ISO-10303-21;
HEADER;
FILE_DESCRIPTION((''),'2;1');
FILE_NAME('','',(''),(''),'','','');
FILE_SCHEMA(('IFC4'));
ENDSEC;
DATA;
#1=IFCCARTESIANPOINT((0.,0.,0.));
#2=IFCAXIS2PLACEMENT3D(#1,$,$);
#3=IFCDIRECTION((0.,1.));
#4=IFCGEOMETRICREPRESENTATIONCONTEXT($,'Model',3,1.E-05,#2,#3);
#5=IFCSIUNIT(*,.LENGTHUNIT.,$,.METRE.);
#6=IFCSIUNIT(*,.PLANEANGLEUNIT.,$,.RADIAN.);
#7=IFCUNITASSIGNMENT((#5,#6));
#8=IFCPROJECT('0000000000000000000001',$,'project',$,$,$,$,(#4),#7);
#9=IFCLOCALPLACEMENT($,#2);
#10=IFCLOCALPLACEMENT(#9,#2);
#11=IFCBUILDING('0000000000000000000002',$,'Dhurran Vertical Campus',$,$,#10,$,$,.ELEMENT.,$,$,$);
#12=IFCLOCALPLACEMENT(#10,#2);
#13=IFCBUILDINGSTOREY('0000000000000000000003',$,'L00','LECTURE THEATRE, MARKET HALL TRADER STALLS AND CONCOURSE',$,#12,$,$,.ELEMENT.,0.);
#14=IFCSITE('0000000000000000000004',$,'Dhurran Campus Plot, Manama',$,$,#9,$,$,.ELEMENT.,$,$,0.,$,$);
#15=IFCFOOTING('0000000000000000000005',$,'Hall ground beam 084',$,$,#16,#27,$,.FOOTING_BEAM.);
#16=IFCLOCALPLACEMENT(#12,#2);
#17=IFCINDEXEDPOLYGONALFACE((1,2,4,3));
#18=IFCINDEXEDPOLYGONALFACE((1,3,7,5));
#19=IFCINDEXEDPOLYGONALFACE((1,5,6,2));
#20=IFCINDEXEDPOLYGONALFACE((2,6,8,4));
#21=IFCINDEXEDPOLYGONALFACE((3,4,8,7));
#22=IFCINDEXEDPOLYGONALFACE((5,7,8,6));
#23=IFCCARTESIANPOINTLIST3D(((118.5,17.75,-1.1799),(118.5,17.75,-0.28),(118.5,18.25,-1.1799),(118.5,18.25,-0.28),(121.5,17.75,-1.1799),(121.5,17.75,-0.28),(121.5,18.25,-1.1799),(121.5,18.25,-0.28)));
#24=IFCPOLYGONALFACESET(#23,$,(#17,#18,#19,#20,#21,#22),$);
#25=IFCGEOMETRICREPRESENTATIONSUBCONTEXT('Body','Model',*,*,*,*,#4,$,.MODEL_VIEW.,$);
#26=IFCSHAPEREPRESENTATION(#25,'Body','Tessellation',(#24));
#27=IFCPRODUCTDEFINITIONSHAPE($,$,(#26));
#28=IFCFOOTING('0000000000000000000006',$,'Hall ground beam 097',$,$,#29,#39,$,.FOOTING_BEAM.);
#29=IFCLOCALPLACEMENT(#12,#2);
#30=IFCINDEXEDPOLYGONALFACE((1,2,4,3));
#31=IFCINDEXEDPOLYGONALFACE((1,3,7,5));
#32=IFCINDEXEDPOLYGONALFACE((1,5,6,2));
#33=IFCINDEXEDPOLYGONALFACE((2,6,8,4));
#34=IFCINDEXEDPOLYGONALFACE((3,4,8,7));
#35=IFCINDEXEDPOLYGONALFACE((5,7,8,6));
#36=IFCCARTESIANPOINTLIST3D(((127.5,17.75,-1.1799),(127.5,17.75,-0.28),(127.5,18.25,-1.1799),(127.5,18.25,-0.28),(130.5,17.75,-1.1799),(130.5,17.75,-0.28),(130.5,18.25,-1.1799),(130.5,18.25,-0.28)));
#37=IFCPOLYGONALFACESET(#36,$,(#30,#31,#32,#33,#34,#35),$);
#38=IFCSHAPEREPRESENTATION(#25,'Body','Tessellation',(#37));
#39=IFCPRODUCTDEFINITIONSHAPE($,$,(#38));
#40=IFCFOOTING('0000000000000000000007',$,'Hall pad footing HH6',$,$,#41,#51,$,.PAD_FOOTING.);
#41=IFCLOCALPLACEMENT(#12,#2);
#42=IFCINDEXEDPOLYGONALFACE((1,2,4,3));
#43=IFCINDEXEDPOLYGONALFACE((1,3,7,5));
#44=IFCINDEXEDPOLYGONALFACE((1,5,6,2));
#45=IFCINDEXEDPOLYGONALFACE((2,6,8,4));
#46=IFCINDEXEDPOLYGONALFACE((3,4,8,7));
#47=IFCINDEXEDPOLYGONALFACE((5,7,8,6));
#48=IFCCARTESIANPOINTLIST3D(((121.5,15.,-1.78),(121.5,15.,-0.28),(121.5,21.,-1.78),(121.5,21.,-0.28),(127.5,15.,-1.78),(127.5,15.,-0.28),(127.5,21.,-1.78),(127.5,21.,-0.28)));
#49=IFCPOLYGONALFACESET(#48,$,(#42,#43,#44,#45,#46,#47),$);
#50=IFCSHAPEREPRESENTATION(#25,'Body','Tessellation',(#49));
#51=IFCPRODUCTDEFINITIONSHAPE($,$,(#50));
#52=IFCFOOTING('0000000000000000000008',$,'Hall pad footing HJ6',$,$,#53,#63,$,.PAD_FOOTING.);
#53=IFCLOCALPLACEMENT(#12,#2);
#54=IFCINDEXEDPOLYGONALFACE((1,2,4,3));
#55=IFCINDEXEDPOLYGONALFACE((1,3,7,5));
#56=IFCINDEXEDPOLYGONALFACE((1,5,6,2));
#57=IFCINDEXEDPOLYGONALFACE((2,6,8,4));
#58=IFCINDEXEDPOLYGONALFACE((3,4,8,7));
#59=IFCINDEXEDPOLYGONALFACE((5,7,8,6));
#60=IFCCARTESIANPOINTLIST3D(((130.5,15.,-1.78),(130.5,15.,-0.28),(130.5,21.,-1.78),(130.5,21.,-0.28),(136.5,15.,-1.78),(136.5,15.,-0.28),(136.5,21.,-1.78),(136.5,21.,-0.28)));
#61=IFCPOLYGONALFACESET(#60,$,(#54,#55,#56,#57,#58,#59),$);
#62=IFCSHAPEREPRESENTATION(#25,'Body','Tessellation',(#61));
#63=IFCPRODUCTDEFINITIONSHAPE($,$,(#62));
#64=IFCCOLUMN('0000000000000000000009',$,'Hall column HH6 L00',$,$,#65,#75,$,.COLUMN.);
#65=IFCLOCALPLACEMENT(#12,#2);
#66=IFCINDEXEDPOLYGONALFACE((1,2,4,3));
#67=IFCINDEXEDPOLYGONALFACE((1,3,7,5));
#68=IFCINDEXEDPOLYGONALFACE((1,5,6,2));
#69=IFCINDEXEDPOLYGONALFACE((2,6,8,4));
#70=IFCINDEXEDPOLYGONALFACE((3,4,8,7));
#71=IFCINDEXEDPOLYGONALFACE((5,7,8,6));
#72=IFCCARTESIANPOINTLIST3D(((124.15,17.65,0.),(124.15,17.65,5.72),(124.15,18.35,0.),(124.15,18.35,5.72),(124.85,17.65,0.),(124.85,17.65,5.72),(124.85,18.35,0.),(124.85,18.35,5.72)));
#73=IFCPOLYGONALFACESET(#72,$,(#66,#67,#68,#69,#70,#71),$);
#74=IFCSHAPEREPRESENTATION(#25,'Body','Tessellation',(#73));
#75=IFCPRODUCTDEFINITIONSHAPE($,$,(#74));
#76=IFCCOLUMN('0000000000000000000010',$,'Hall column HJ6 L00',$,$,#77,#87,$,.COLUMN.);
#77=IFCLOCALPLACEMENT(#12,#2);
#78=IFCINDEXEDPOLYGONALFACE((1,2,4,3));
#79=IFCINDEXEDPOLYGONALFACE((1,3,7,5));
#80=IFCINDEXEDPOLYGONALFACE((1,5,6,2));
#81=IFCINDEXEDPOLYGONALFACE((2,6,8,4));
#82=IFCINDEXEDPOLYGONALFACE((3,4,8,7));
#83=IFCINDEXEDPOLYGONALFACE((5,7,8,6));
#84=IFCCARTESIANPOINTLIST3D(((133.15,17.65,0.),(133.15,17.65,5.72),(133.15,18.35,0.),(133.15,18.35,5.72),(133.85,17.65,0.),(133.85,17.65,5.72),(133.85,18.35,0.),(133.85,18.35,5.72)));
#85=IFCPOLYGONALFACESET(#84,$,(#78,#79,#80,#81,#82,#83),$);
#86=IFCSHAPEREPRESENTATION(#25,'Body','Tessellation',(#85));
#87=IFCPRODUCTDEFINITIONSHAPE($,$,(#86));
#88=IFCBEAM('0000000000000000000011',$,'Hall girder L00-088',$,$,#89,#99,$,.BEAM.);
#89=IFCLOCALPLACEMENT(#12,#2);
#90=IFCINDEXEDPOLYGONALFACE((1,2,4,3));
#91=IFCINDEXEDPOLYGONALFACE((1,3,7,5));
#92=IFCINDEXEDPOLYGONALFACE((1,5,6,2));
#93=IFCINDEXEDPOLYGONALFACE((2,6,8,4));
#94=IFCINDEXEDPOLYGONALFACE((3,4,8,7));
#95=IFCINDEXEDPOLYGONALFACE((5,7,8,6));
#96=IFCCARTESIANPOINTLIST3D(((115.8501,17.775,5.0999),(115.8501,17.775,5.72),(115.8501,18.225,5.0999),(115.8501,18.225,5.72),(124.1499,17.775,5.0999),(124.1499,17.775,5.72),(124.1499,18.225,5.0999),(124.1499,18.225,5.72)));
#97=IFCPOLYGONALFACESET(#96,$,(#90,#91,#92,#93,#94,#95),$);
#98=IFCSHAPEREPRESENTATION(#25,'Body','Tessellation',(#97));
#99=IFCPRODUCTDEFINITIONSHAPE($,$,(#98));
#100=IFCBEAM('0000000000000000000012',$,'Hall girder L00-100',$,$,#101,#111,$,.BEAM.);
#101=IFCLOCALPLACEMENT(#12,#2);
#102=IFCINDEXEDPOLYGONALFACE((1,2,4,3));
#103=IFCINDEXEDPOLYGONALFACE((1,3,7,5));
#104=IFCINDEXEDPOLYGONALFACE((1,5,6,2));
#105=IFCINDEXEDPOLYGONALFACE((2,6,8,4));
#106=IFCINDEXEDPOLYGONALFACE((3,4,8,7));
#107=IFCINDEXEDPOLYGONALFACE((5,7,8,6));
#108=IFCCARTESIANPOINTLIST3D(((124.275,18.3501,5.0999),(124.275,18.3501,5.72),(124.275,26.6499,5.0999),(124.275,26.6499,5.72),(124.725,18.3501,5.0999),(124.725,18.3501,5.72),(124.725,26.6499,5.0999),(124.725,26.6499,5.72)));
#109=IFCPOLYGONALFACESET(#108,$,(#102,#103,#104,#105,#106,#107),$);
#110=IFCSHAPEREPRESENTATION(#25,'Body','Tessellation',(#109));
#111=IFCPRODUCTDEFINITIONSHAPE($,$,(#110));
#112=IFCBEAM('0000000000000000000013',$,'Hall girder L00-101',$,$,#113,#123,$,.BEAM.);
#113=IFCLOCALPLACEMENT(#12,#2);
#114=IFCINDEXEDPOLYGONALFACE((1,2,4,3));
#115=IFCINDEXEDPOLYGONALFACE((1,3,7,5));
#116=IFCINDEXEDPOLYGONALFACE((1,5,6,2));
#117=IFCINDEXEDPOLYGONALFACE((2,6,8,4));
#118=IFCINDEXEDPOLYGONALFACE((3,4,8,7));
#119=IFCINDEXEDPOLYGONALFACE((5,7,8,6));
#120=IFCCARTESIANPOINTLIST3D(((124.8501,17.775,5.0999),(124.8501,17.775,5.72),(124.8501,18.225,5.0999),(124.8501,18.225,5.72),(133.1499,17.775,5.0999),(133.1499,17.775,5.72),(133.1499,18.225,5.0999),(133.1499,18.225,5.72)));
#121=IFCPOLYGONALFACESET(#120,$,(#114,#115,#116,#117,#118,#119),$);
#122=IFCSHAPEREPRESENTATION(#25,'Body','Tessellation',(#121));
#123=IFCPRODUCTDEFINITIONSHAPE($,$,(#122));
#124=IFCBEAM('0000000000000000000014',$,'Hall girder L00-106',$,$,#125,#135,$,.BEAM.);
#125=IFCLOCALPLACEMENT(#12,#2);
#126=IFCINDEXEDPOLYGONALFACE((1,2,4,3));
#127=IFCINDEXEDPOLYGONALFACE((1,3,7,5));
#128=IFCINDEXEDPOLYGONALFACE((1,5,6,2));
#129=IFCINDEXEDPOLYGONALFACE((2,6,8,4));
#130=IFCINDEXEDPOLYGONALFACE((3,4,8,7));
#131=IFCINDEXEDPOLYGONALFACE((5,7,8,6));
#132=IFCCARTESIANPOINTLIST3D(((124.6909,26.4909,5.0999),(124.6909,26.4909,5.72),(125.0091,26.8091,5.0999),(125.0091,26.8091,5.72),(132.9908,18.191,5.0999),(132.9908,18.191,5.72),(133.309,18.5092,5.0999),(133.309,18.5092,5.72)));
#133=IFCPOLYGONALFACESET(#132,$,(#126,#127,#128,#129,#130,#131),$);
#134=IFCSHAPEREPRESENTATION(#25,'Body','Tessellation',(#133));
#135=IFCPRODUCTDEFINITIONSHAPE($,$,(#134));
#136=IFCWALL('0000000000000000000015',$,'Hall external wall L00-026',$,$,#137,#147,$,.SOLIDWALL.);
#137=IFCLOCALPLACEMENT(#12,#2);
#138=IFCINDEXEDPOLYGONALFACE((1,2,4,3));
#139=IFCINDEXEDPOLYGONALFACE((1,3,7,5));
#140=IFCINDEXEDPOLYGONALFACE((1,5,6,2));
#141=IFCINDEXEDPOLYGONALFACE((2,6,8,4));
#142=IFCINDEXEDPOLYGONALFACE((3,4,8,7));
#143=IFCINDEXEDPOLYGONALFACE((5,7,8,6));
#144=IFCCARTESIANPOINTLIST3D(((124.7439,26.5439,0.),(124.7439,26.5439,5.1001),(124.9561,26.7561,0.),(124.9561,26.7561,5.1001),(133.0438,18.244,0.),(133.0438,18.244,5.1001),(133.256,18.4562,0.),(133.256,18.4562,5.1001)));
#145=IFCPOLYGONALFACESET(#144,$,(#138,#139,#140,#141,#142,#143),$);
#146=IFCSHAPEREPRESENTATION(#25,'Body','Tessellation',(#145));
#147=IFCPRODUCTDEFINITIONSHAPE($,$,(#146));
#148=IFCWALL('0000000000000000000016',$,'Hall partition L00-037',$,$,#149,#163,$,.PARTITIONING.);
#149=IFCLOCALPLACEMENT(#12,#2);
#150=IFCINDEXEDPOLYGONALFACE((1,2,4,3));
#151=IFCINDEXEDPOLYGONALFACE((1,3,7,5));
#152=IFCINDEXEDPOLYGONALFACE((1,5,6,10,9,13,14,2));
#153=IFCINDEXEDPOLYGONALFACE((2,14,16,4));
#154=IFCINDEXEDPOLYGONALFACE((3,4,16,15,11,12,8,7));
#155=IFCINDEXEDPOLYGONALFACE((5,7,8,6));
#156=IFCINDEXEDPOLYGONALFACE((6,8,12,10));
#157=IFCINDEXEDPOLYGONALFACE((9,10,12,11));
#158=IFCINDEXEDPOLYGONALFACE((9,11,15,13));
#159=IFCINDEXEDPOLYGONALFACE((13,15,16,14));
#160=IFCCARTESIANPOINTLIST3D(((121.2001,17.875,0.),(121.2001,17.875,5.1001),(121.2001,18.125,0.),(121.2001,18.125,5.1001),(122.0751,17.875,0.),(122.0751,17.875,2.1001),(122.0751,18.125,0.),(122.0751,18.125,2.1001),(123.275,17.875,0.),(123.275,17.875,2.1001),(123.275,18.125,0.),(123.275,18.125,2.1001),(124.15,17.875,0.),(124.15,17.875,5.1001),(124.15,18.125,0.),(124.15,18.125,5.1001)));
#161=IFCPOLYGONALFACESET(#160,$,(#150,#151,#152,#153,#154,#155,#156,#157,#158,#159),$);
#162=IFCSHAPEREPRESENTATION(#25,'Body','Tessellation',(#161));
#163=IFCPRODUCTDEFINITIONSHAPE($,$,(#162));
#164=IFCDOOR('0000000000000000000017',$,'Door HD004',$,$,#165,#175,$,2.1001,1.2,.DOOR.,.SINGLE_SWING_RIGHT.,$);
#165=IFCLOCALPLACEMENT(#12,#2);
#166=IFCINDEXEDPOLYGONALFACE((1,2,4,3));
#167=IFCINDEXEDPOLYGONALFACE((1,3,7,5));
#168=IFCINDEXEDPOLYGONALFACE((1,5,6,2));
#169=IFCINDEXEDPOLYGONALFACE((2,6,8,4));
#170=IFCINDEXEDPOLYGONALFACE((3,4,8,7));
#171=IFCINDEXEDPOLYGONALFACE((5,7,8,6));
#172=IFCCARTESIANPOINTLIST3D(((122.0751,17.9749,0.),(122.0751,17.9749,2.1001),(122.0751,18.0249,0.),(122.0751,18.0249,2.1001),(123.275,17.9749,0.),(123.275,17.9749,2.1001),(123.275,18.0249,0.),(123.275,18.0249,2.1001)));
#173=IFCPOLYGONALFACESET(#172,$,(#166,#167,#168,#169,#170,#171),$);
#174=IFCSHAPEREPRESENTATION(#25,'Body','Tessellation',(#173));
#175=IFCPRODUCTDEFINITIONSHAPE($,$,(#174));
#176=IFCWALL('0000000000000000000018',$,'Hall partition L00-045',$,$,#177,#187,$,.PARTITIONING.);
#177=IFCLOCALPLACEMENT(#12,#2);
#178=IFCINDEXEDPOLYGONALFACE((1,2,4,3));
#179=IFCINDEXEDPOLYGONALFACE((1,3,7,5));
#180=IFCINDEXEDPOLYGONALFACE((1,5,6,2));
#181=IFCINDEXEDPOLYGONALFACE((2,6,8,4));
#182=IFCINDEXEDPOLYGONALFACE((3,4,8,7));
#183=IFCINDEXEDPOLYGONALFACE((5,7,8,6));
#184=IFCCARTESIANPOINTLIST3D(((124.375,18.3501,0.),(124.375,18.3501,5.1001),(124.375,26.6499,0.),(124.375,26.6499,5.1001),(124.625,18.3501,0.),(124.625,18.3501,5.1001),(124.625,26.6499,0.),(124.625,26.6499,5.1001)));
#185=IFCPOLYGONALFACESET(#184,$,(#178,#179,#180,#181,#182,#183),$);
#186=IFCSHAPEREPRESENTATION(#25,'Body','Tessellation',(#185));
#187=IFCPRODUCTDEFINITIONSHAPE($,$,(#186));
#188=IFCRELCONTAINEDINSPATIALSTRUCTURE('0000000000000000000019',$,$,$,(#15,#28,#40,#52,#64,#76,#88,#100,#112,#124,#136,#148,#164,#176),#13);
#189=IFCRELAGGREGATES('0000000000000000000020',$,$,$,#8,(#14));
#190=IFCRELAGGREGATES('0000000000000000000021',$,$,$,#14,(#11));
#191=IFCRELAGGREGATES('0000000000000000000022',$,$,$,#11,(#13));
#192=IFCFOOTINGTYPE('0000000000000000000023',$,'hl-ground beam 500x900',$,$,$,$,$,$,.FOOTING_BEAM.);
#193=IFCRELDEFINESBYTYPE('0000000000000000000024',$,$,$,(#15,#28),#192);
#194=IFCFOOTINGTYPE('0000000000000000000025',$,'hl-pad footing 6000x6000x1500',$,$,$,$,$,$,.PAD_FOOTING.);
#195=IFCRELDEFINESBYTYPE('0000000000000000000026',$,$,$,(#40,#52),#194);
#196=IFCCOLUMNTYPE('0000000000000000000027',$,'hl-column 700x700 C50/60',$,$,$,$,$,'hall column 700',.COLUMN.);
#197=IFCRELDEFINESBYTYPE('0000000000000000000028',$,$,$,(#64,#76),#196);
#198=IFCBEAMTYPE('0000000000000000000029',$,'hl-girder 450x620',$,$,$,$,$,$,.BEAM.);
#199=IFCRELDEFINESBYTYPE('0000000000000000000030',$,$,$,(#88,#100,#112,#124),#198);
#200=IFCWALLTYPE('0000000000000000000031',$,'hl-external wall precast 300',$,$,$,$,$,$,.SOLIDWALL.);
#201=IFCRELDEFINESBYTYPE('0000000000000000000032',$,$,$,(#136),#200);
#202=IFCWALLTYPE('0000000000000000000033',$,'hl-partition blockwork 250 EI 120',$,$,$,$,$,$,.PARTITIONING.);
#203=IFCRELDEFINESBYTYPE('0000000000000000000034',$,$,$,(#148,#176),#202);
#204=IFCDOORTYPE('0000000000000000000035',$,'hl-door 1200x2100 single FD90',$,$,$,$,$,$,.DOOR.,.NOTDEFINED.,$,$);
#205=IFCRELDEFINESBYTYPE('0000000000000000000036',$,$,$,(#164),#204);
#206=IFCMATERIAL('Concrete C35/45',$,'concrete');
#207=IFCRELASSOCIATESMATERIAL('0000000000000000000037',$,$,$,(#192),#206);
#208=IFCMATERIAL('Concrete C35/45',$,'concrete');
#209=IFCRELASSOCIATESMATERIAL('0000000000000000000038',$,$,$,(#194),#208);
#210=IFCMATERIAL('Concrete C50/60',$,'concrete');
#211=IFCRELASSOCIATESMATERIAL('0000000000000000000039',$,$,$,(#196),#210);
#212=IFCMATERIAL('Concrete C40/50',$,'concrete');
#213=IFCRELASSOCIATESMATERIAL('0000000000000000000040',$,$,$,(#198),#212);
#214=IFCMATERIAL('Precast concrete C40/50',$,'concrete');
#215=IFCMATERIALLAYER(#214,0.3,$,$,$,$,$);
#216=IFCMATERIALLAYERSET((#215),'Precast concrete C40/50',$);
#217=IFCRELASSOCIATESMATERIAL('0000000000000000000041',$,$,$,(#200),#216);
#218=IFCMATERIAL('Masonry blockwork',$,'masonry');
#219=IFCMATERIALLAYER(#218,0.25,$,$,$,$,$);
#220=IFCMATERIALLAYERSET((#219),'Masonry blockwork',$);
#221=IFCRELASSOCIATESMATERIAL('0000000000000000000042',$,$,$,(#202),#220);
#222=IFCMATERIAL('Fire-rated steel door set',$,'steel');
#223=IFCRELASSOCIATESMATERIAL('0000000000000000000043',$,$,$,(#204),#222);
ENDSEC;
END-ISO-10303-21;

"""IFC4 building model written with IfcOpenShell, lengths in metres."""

from ifc_helpers import new_model, si_unit, direction, frame, frame_2d, origin, origin_2d, place, context, subcontext, project, spatial, rectangle, extrude, material, layer, layer_set, material_profile, profile_set, type_object, element, fill, save


model = new_model("IFC4")

# Units and contexts
model_context = context("Model", 3, precision=1e-05, world=origin(), true_north=direction((0.0, 1.0)))
body_context = subcontext(model_context, "Body", "Model", "MODEL_VIEW")
ifc_project = project(units=[si_unit("LENGTHUNIT", "METRE"), si_unit("PLANEANGLEUNIT", "RADIAN")], contexts=[model_context])

# Site, building, storey
site_placement = place(None, origin())
site = spatial("IfcSite", under=ifc_project, at=site_placement, Name="Dhurran Campus Plot, Manama", CompositionType="ELEMENT", RefElevation=0.0)
building_placement = place(site_placement, origin())
building = spatial("IfcBuilding", under=site, at=building_placement, Name="Dhurran Vertical Campus", CompositionType="ELEMENT")
storey_placement = place(building_placement, origin())
storey = spatial("IfcBuildingStorey", under=building, at=storey_placement, Name="L00", Description="LECTURE THEATRE, MARKET HALL TRADER STALLS AND CONCOURSE", CompositionType="ELEMENT", Elevation=0.0)

# Footings
ifc_material_1 = material(Name="Concrete C35/45", Category="concrete")
ifc_material_profile_1 = material_profile(ifc_material_1, rectangle(XDim=0.5, YDim=0.8999, at=origin_2d()), Name="hl-ground beam 500x900")
ifc_profile_set_1 = profile_set([ifc_material_profile_1], Name="Concrete C35/45")
footing_type_1 = type_object("IfcFootingType", Name="hl-ground beam 500x900", PredefinedType="FOOTING_BEAM", material=ifc_profile_set_1)
for number, where, z_axis, x_axis, name in (
    (1, (118.5, 18.0, -0.73), (1.0, 0.0, 0.0), (0.0, 1.0, 0.0), "Hall ground beam 084"),
    (2, (127.5, 18.0, -0.73), (1.0, 0.0, 0.0), (0.0, 1.0, 0.0), "Hall ground beam 097"),
):
    element("IfcFooting", number, at=place(storey_placement, frame(where, z_axis=z_axis, x_axis=x_axis)), inside=storey, type_object=footing_type_1, Name=name, PredefinedType="FOOTING_BEAM", context=body_context, shape_type="SweptSolid", body=[
        extrude(rectangle(XDim=0.5, YDim=0.8999, at=origin_2d()), origin(), (0.0, 0.0, 1.0), 3.0),
    ])
ifc_material_2 = material(Name="Concrete C35/45", Category="concrete")
footing_type_2 = type_object("IfcFootingType", Name="hl-pad footing 6000x6000x1500", PredefinedType="PAD_FOOTING", material=ifc_material_2)
for number, where, z_axis, x_axis, name in (
    (3, (124.5, 18.0, -1.78), (0.0, 0.0, 1.0), (1.0, 0.0, 0.0), "Hall pad footing HH6"),
    (4, (133.5, 18.0, -1.78), (0.0, 0.0, 1.0), (1.0, 0.0, 0.0), "Hall pad footing HJ6"),
):
    element("IfcFooting", number, at=place(storey_placement, frame(where, z_axis=z_axis, x_axis=x_axis)), inside=storey, type_object=footing_type_2, Name=name, PredefinedType="PAD_FOOTING", context=body_context, shape_type="SweptSolid", body=[
        extrude(rectangle(XDim=6.0, YDim=6.0, at=origin_2d()), origin(), (0.0, 0.0, 1.0), 1.5),
    ])

# Columns
ifc_material_3 = material(Name="Concrete C50/60", Category="concrete")
ifc_material_profile_2 = material_profile(ifc_material_3, rectangle(XDim=0.7, YDim=0.7, at=origin_2d()), Name="hl-column 700x700 C50/60")
ifc_profile_set_2 = profile_set([ifc_material_profile_2], Name="Concrete C50/60")
column_type = type_object("IfcColumnType", Name="hl-column 700x700 C50/60", ElementType="hall column 700", PredefinedType="COLUMN", material=ifc_profile_set_2)
for number, where, z_axis, x_axis, name in (
    (5, (124.5, 18.0, 0.0), (0.0, 0.0, 1.0), (1.0, 0.0, 0.0), "Hall column HH6 L00"),
    (6, (133.5, 18.0, 0.0), (0.0, 0.0, 1.0), (1.0, 0.0, 0.0), "Hall column HJ6 L00"),
):
    element("IfcColumn", number, at=place(storey_placement, frame(where, z_axis=z_axis, x_axis=x_axis)), inside=storey, type_object=column_type, Name=name, PredefinedType="COLUMN", context=body_context, shape_type="SweptSolid", body=[
        extrude(rectangle(XDim=0.7, YDim=0.7, at=origin_2d()), origin(), (0.0, 0.0, 1.0), 5.72),
    ])

# Beams
ifc_material_4 = material(Name="Concrete C40/50", Category="concrete")
ifc_material_profile_3 = material_profile(ifc_material_4, rectangle(XDim=0.45, YDim=0.6201, at=origin_2d()), Name="hl-girder 450x620")
ifc_profile_set_3 = profile_set([ifc_material_profile_3], Name="Concrete C40/50")
beam_type = type_object("IfcBeamType", Name="hl-girder 450x620", PredefinedType="BEAM", material=ifc_profile_set_3)
for number, where, z_axis, x_axis, name in (
    (7, (115.8501, 18.0, 5.4099), (1.0, 0.0, 0.0), (0.0, 1.0, 0.0), "Hall girder L00-088"),
    (8, (124.5, 18.3501, 5.4099), (0.0, 1.0, 0.0), (-1.0, 0.0, 0.0), "Hall girder L00-100"),
    (9, (124.8501, 18.0, 5.4099), (1.0, 0.0, 0.0), (0.0, 1.0, 0.0), "Hall girder L00-101"),
):
    element("IfcBeam", number, at=place(storey_placement, frame(where, z_axis=z_axis, x_axis=x_axis)), inside=storey, type_object=beam_type, Name=name, PredefinedType="BEAM", context=body_context, shape_type="SweptSolid", body=[
        extrude(rectangle(XDim=0.45, YDim=0.6201, at=origin_2d()), origin(), (0.0, 0.0, 1.0), 8.2998),
    ])
beam_placement = place(storey_placement, frame((133.1499, 18.3501, 5.4099), z_axis=(-0.707107, 0.707107, 0.0), x_axis=(-0.707107, -0.707107, 0.0)))
element("IfcBeam", 10, at=beam_placement, inside=storey, type_object=beam_type, Name="Hall girder L00-106", PredefinedType="BEAM", context=body_context, shape_type="SweptSolid", body=[
    extrude(rectangle(XDim=0.45, YDim=0.6201, at=origin_2d()), origin(), (0.0, 0.0, 1.0), 11.7378),
])

# Wall
ifc_material_5 = material(Name="Precast concrete C40/50", Category="concrete")
ifc_layer_1 = layer(ifc_material_5, 0.3)
ifc_layer_set_1 = layer_set([ifc_layer_1], Name="Precast concrete C40/50")
wall_type_1 = type_object("IfcWallType", Name="hl-external wall precast 300", PredefinedType="SOLIDWALL", material=ifc_layer_set_1)
wall_1_placement = place(storey_placement, frame((133.1499, 18.3501, 0.0), z_axis=(0.0, 0.0, 1.0), x_axis=(-0.707107, 0.707107, 0.0)))
element("IfcWall", 11, at=wall_1_placement, inside=storey, type_object=wall_type_1, Name="Hall external wall L00-026", PredefinedType="SOLIDWALL", context=body_context, shape_type="SweptSolid", body=[
    extrude(rectangle(XDim=11.7378, YDim=0.3, at=frame_2d((5.8689, 0.0))), origin(), (0.0, 0.0, 1.0), 5.1001),
])

# Wall, opening, door
ifc_material_6 = material(Name="Masonry blockwork", Category="masonry")
ifc_layer_2 = layer(ifc_material_6, 0.25)
ifc_layer_set_2 = layer_set([ifc_layer_2], Name="Masonry blockwork")
wall_type_2 = type_object("IfcWallType", Name="hl-partition blockwork 250 EI 120", PredefinedType="PARTITIONING", material=ifc_layer_set_2)
wall_2_placement = place(storey_placement, frame((121.2, 18.0, 0.0), z_axis=(0.0, 0.0, 1.0), x_axis=(1.0, 0.0, 0.0)))
wall_2 = element("IfcWall", 12, at=wall_2_placement, inside=storey, type_object=wall_type_2, Name="Hall partition L00-037", PredefinedType="PARTITIONING", context=body_context, shape_type="SweptSolid", body=[
    extrude(rectangle(XDim=2.95, YDim=0.25, at=frame_2d((1.4751, 0.0))), origin(), (0.0, 0.0, 1.0), 5.1001),
])
opening_placement = place(wall_2_placement, frame((0.875, 0.0, 0.0)))
opening = element("IfcOpeningElement", 13, at=opening_placement, cuts=wall_2, PredefinedType="OPENING", context=body_context, shape_type="SweptSolid", body=[
    extrude(rectangle(XDim=1.2, YDim=2.1001, at=frame_2d((0.6001, 1.05))), frame((0.0, 0.135, 0.0), z_axis=(0.0, -1.0, 0.0), x_axis=(1.0, 0.0, 0.0)), (0.0, 0.0, 1.0), 0.27),
])
ifc_material_7 = material(Name="Fire-rated steel door set", Category="steel")
door_type = type_object("IfcDoorType", Name="hl-door 1200x2100 single FD90", OperationType="NOTDEFINED", PredefinedType="DOOR", material=ifc_material_7)
door_placement = place(opening_placement, origin())
door = element("IfcDoor", 14, at=door_placement, inside=storey, type_object=door_type, Name="Door HD004", OperationType="SINGLE_SWING_RIGHT", OverallHeight=2.1001, OverallWidth=1.2, PredefinedType="DOOR", context=body_context, shape_type="SweptSolid", body=[
    extrude(rectangle(XDim=1.2, YDim=2.1001, at=frame_2d((0.6001, 1.05))), frame((0.0, 0.0249, 0.0), z_axis=(0.0, -1.0, 0.0), x_axis=(1.0, 0.0, 0.0)), (0.0, 0.0, 1.0), 0.05),
])
fill(opening, door)

# Wall
wall_3_placement = place(storey_placement, frame((124.5, 18.3501, 0.0), z_axis=(0.0, 0.0, 1.0), x_axis=(0.0, 1.0, 0.0)))
element("IfcWall", 15, at=wall_3_placement, inside=storey, type_object=wall_type_2, Name="Hall partition L00-045", PredefinedType="PARTITIONING", context=body_context, shape_type="SweptSolid", body=[
    extrude(rectangle(XDim=8.2998, YDim=0.25, at=frame_2d((4.1499, 0.0))), origin(), (0.0, 0.0, 1.0), 5.1001),
])

save(model, "model.ifc")
